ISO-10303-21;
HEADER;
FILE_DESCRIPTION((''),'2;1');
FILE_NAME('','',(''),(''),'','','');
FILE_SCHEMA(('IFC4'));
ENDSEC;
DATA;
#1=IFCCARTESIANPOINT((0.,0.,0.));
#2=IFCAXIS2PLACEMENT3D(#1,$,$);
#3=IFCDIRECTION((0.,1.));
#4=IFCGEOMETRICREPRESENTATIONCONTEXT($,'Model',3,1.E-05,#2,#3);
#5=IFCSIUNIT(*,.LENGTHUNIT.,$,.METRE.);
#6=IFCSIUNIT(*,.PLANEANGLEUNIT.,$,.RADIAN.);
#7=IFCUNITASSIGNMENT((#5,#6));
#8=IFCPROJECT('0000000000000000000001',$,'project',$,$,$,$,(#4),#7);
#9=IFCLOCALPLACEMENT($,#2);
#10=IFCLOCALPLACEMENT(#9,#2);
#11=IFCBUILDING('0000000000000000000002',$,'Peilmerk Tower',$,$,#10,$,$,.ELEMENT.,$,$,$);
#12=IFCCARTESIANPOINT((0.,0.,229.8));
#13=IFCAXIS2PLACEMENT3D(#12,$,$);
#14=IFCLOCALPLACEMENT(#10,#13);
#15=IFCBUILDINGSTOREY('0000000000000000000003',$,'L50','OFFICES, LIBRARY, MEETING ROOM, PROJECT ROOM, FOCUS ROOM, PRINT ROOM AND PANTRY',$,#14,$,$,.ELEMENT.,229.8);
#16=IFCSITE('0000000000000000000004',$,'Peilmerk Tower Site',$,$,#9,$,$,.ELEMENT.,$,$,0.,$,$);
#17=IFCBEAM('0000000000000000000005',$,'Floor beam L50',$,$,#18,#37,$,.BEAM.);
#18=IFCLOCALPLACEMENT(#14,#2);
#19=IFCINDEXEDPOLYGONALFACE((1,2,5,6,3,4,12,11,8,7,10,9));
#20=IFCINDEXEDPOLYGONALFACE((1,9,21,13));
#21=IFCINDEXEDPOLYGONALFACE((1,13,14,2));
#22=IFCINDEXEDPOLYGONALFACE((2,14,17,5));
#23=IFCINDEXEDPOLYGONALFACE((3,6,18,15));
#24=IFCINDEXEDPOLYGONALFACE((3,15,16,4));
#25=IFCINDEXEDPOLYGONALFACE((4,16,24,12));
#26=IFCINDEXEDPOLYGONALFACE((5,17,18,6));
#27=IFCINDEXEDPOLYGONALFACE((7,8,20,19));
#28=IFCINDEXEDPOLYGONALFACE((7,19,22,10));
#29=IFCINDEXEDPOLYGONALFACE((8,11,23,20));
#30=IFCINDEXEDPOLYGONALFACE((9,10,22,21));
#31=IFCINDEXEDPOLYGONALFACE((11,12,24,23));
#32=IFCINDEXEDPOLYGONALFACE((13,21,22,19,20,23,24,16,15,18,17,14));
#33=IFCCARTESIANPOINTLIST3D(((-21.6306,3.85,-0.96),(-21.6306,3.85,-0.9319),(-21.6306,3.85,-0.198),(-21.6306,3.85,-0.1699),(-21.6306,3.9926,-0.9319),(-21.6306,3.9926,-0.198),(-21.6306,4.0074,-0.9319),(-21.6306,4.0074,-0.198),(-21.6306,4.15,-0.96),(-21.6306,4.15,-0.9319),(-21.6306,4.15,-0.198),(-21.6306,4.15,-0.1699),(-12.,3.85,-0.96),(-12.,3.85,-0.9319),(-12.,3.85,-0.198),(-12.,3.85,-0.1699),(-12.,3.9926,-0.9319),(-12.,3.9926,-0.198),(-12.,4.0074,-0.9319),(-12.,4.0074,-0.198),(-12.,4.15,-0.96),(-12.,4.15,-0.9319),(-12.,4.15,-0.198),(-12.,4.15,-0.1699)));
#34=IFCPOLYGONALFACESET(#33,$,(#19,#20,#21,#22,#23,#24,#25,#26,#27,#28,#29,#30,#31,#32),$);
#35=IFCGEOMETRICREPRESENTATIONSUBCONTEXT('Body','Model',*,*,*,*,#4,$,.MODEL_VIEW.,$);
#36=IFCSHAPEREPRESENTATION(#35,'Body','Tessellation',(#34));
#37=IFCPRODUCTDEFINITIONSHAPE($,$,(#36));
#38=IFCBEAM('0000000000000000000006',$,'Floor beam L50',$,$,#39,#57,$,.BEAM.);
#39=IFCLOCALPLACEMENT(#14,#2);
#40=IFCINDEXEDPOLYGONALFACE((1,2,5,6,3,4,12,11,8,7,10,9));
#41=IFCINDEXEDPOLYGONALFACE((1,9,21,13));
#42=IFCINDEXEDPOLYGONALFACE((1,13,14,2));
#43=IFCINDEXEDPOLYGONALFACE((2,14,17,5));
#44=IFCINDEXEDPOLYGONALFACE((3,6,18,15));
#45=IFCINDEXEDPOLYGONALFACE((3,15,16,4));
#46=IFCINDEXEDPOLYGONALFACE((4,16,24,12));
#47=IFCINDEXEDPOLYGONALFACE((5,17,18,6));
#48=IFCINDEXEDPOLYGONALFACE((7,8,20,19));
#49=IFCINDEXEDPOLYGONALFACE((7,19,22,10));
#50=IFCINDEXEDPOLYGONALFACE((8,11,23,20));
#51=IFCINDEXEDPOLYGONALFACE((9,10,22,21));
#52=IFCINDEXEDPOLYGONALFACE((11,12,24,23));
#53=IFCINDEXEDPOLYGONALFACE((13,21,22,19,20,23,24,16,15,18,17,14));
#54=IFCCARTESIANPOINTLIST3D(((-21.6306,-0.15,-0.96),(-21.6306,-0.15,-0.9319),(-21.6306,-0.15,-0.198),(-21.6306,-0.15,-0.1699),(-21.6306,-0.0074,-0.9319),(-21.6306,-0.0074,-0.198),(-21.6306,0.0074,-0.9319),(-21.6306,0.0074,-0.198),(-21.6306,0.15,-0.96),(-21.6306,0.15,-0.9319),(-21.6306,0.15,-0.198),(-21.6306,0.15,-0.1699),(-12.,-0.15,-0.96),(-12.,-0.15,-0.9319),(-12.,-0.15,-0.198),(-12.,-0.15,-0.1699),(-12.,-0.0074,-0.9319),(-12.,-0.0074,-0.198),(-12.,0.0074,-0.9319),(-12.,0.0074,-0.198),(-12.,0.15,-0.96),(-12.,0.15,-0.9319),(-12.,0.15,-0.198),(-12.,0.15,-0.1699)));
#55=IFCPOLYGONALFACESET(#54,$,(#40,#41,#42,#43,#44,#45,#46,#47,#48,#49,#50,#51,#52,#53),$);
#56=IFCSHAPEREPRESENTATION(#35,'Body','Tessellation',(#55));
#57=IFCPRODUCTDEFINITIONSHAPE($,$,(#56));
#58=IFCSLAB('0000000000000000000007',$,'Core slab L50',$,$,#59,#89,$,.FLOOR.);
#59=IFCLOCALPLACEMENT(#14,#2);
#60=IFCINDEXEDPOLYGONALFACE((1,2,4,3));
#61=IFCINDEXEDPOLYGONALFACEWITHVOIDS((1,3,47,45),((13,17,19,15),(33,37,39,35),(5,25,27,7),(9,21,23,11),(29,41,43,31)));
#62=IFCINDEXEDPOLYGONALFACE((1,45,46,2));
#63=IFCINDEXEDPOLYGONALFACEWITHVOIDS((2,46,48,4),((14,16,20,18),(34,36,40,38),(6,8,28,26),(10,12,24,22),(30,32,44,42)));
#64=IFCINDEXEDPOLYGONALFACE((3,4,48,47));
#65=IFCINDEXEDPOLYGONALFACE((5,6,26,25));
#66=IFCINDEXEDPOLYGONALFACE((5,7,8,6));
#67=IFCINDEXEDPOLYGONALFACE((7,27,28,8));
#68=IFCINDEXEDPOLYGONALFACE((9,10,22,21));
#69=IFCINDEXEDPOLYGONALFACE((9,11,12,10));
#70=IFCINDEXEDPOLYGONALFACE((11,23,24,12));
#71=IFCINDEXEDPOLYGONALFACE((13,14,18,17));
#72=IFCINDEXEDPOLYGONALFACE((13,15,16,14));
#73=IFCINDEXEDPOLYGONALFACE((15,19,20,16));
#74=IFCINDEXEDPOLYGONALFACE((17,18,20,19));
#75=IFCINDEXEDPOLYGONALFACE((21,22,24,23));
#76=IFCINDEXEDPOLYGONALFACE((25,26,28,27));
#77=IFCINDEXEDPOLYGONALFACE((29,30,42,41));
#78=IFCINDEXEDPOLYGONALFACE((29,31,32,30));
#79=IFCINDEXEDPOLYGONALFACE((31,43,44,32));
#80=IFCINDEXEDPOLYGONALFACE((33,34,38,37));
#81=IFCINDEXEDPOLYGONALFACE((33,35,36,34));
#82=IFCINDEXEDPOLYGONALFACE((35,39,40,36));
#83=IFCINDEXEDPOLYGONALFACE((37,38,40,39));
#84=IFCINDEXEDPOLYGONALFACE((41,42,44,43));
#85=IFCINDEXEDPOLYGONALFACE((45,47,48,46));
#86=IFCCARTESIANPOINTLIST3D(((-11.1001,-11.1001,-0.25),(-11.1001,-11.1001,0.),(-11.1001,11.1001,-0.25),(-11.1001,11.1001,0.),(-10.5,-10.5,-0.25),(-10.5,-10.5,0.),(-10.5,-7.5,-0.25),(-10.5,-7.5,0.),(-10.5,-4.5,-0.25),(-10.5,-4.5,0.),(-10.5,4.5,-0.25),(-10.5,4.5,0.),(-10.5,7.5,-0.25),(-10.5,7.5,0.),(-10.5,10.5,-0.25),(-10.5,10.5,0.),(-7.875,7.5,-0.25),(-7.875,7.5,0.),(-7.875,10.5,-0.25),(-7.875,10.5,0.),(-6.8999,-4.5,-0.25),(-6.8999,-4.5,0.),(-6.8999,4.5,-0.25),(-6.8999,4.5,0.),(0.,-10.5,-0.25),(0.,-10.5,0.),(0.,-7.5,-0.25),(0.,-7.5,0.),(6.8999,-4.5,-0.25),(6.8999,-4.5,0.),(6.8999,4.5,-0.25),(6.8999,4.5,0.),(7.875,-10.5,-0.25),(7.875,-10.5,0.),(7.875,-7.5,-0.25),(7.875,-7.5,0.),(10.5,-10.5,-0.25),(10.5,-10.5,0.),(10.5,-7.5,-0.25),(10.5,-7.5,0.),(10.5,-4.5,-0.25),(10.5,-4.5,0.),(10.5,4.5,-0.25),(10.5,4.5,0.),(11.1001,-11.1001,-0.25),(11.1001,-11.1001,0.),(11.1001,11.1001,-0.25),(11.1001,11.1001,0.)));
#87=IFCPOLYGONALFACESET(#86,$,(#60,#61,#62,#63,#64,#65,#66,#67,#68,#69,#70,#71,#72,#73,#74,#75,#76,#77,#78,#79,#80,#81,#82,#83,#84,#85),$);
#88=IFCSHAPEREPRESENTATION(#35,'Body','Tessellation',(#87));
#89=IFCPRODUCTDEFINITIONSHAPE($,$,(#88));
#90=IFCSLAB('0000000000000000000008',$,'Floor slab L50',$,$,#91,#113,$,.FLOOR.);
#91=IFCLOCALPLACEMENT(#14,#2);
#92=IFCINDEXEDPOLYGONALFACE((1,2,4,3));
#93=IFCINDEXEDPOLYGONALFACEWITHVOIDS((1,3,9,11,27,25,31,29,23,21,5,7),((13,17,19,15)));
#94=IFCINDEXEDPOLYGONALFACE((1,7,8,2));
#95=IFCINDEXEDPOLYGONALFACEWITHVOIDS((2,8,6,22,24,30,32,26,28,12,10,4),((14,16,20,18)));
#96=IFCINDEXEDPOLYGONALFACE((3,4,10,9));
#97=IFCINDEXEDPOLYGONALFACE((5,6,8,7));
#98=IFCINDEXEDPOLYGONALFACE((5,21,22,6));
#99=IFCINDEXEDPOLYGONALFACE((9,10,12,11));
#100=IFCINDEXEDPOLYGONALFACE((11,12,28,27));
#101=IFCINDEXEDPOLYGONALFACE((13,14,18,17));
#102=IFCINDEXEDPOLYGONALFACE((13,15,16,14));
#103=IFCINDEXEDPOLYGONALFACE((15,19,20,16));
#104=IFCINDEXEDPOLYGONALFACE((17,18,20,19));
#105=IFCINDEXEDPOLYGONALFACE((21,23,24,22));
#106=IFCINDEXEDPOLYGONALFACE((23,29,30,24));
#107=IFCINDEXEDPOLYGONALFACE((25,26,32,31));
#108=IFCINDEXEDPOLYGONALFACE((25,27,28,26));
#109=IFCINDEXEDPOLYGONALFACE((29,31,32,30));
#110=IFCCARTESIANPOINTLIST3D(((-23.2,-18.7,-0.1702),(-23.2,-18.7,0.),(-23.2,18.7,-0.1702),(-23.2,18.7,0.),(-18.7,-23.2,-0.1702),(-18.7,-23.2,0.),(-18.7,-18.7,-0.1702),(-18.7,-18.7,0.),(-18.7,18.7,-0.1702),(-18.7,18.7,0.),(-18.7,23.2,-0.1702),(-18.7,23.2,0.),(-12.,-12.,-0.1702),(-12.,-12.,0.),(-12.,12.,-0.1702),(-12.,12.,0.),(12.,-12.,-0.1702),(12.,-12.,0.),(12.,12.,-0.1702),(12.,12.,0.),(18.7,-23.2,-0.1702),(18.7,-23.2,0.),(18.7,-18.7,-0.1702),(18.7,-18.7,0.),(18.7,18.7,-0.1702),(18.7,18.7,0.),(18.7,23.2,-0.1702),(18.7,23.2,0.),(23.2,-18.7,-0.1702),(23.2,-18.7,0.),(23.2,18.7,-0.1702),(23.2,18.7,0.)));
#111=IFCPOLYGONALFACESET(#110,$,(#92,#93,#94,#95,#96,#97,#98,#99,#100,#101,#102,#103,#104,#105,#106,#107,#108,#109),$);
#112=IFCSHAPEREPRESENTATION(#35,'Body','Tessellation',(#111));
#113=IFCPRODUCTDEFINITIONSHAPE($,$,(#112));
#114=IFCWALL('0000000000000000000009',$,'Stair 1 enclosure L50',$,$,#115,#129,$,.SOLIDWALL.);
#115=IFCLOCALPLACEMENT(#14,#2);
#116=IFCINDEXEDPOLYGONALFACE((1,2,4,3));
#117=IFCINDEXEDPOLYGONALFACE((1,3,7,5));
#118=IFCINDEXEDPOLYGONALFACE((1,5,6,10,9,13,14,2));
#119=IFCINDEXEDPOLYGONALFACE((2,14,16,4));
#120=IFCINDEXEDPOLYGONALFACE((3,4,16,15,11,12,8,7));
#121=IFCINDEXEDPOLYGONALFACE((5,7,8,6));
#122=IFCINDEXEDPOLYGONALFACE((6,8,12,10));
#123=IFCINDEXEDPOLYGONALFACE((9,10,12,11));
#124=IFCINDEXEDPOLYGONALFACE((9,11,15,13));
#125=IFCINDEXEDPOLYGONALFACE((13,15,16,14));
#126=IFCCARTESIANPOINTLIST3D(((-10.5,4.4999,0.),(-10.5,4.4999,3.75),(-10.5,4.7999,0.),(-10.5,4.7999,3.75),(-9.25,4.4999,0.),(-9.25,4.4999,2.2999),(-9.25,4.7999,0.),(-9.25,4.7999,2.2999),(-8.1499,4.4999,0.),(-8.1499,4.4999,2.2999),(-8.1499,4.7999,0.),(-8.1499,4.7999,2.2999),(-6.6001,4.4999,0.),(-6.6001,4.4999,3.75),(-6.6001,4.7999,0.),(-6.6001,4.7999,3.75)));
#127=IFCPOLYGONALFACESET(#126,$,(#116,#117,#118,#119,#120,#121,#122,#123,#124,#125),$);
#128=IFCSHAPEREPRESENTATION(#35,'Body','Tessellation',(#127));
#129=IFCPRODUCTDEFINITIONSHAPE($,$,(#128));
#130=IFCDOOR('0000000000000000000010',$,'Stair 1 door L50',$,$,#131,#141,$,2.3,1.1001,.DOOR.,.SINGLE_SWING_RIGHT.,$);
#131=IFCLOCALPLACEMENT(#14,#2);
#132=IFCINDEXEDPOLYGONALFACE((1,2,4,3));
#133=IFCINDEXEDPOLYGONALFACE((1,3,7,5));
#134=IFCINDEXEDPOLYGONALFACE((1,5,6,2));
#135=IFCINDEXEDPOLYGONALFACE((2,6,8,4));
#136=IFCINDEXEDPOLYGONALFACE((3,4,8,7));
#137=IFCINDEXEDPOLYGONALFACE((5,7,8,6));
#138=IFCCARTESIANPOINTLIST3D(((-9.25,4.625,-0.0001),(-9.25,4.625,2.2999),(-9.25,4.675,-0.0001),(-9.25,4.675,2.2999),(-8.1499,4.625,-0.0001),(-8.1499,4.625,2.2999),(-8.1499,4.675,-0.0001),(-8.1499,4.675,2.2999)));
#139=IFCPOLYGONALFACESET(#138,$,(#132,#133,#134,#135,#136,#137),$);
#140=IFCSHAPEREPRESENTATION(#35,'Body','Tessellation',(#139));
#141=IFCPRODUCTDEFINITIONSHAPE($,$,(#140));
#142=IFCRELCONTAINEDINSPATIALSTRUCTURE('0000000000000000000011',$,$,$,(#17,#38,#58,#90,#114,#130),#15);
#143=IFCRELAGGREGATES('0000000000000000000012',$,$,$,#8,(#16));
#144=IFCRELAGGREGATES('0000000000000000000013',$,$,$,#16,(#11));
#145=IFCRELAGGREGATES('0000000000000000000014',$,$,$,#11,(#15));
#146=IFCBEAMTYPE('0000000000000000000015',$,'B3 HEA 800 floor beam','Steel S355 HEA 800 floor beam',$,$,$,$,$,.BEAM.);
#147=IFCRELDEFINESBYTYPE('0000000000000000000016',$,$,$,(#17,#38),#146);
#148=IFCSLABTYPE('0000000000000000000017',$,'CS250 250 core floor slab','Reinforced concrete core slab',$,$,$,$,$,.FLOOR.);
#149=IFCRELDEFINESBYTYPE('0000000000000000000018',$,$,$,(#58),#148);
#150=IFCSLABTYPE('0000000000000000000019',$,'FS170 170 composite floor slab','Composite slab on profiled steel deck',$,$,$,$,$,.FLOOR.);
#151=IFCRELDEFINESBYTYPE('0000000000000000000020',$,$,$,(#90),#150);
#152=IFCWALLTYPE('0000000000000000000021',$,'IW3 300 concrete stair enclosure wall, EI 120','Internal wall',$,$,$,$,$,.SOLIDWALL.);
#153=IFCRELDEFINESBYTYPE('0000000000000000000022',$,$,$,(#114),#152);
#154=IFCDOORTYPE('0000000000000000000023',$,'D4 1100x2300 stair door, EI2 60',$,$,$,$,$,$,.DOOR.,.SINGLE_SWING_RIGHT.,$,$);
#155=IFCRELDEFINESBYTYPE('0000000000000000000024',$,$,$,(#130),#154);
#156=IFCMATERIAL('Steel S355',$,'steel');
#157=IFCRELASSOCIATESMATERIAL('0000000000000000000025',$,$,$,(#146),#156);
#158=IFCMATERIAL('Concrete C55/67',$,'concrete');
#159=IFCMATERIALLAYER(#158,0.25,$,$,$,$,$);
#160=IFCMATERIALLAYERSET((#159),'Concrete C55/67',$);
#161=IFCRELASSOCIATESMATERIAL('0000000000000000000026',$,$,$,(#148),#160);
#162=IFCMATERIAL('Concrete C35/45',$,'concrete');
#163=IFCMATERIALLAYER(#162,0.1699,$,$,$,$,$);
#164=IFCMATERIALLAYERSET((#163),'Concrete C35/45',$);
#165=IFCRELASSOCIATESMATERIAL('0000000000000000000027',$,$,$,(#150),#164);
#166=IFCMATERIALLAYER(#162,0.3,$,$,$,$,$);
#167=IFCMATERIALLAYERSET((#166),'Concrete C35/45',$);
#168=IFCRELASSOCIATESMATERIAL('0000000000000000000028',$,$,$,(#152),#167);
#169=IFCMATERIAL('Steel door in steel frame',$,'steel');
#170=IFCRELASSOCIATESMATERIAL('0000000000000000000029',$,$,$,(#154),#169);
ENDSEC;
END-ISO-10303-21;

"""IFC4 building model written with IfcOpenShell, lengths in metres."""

from ifc_helpers import new_model, si_unit, direction, frame, frame_2d, origin, origin_2d, place, context, subcontext, project, spatial, polyline, rectangle, i_section, outline, extrude, material, layer, layer_set, material_profile, profile_set, type_object, element, fill, save


model = new_model("IFC4")

# Units and contexts
model_context = context("Model", 3, precision=1e-05, world=origin(), true_north=direction((0.0, 1.0)))
body_context = subcontext(model_context, "Body", "Model", "MODEL_VIEW")
ifc_project = project(units=[si_unit("LENGTHUNIT", "METRE"), si_unit("PLANEANGLEUNIT", "RADIAN")], contexts=[model_context])

# Site, building, storey
site_placement = place(None, origin())
site = spatial("IfcSite", under=ifc_project, at=site_placement, Name="Peilmerk Tower Site", CompositionType="ELEMENT", RefElevation=0.0)
building_placement = place(site_placement, origin())
building = spatial("IfcBuilding", under=site, at=building_placement, Name="Peilmerk Tower", CompositionType="ELEMENT")
storey_placement = place(building_placement, frame((0.0, 0.0, 229.8)))
storey = spatial("IfcBuildingStorey", under=building, at=storey_placement, Name="L50", Description="OFFICES, LIBRARY, MEETING ROOM, PROJECT ROOM, FOCUS ROOM, PRINT ROOM AND PANTRY", CompositionType="ELEMENT", Elevation=229.8)

# Beams
ifc_material_1 = material(Name="Steel S355", Category="steel")
ifc_material_profile = material_profile(ifc_material_1, i_section(OverallWidth=0.3, OverallDepth=0.79, WebThickness=0.0149, FlangeThickness=0.0281, at=origin_2d()), Name="HEA 800")
ifc_profile_set = profile_set([ifc_material_profile], Name="Steel S355")
beam_type = type_object("IfcBeamType", Name="B3 HEA 800 floor beam", Description="Steel S355 HEA 800 floor beam", PredefinedType="BEAM", material=ifc_profile_set)
for number, where, z_axis, x_axis, name in (
    (1, (-12.0, 4.0, -0.5649), (-1.0, 0.0, 0.0), (0.0, -1.0, 0.0), "Floor beam L50"),
    (2, (-12.0, 0.0, -0.5649), (-1.0, 0.0, 0.0), (0.0, -1.0, 0.0), "Floor beam L50"),
):
    element("IfcBeam", number, at=place(storey_placement, frame(where, z_axis=z_axis, x_axis=x_axis)), inside=storey, type_object=beam_type, Name=name, PredefinedType="BEAM", context=body_context, shape_type="SweptSolid", body=[
        extrude(i_section(OverallWidth=0.3, OverallDepth=0.79, WebThickness=0.0149, FlangeThickness=0.0281, at=origin_2d()), origin(), (0.0, 0.0, 1.0), 9.6306),
    ])

# Slabs
ifc_material_2 = material(Name="Concrete C55/67", Category="concrete")
ifc_layer_1 = layer(ifc_material_2, 0.25)
ifc_layer_set_1 = layer_set([ifc_layer_1], Name="Concrete C55/67")
slab_type_1 = type_object("IfcSlabType", Name="CS250 250 core floor slab", Description="Reinforced concrete core slab", PredefinedType="FLOOR", material=ifc_layer_set_1)
slab_1_placement = place(storey_placement, frame((0.0, 0.0, -0.25)))
element("IfcSlab", 3, at=slab_1_placement, inside=storey, type_object=slab_type_1, Name="Core slab L50", PredefinedType="FLOOR", context=body_context, shape_type="SweptSolid", body=[
    extrude(outline(polyline([(11.1001, -11.1001), (11.1001, 11.1001), (-11.1001, 11.1001), (-11.1001, -11.1001), (11.1001, -11.1001)]), holes=[polyline([(-7.875, 7.5), (-10.5, 7.5), (-10.5, 10.5), (-7.875, 10.5), (-7.875, 7.5)]), polyline([(0.0, -10.5), (-10.5, -10.5), (-10.5, -7.5), (0.0, -7.5), (0.0, -10.5)]), polyline([(7.875, -10.5), (7.875, -7.5), (10.5, -7.5), (10.5, -10.5), (7.875, -10.5)]), polyline([(-10.5, 4.5), (-6.8999, 4.5), (-6.8999, -4.5), (-10.5, -4.5), (-10.5, 4.5)]), polyline([(10.5, 4.5), (10.5, -4.5), (6.8999, -4.5), (6.8999, 4.5), (10.5, 4.5)])]), origin(), (0.0, 0.0, 1.0), 0.25),
])
ifc_material_3 = material(Name="Concrete C35/45", Category="concrete")
ifc_layer_2 = layer(ifc_material_3, 0.1699)
ifc_layer_set_2 = layer_set([ifc_layer_2], Name="Concrete C35/45")
slab_type_2 = type_object("IfcSlabType", Name="FS170 170 composite floor slab", Description="Composite slab on profiled steel deck", PredefinedType="FLOOR", material=ifc_layer_set_2)
slab_2_placement = place(storey_placement, frame((0.0, 0.0, -0.1702)))
element("IfcSlab", 4, at=slab_2_placement, inside=storey, type_object=slab_type_2, Name="Floor slab L50", PredefinedType="FLOOR", context=body_context, shape_type="SweptSolid", body=[
    extrude(outline(polyline([(-18.7, -23.2), (18.7, -23.2), (18.7, -18.7), (23.2, -18.7), (23.2, 18.7), (18.7, 18.7), (18.7, 23.2), (-18.7, 23.2), (-18.7, 18.7), (-23.2, 18.7), (-23.2, -18.7), (-18.7, -18.7), (-18.7, -23.2)]), holes=[polyline([(12.0, 12.0), (12.0, -12.0), (-12.0, -12.0), (-12.0, 12.0), (12.0, 12.0)])]), origin(), (0.0, 0.0, 1.0), 0.1702),
])

# Wall, opening, door
ifc_layer_3 = layer(ifc_material_3, 0.3)
ifc_layer_set_3 = layer_set([ifc_layer_3], Name="Concrete C35/45")
wall_type_1 = type_object("IfcWallType", Name="IW3 300 concrete stair enclosure wall, EI 120", Description="Internal wall", PredefinedType="SOLIDWALL", material=ifc_layer_set_3)
wall_1_placement = place(storey_placement, frame((-10.5, 4.6499, 0.0), z_axis=(0.0, 0.0, 1.0), x_axis=(1.0, 0.0, 0.0)))
wall_1 = element("IfcWall", 5, at=wall_1_placement, inside=storey, type_object=wall_type_1, Name="Stair 1 enclosure L50", PredefinedType="SOLIDWALL", context=body_context, shape_type="SweptSolid", body=[
    extrude(rectangle(XDim=3.8999, YDim=0.3, at=frame_2d((1.95, 0.0))), origin(), (0.0, 0.0, 1.0), 3.75),
])
opening_1_placement = place(wall_1_placement, frame((1.25, 0.0, 0.0)))
opening_1 = element("IfcOpeningElement", 6, at=opening_1_placement, cuts=wall_1, PredefinedType="OPENING", context=body_context, shape_type="SweptSolid", body=[
    extrude(rectangle(XDim=1.1001, YDim=2.3, at=frame_2d((0.55, 1.1499))), frame((0.0, 0.1599, 0.0), z_axis=(0.0, -1.0, 0.0), x_axis=(1.0, 0.0, 0.0)), (0.0, 0.0, 1.0), 0.3201),
])
ifc_material_4 = material(Name="Steel door in steel frame", Category="steel")
door_type_1 = type_object("IfcDoorType", Name="D4 1100x2300 stair door, EI2 60", OperationType="SINGLE_SWING_RIGHT", PredefinedType="DOOR", material=ifc_material_4)
door_1_placement = place(opening_1_placement, frame((1.1001, 0.0, 0.0), z_axis=(0.0, 0.0, 1.0), x_axis=(-1.0, 0.0, 0.0)))
door_1 = element("IfcDoor", 7, at=door_1_placement, inside=storey, type_object=door_type_1, Name="Stair 1 door L50", OperationType="SINGLE_SWING_RIGHT", OverallHeight=2.3, OverallWidth=1.1001, PredefinedType="DOOR", context=body_context, shape_type="SweptSolid", body=[
    extrude(rectangle(XDim=1.1001, YDim=2.3, at=frame_2d((0.55, 1.1499))), frame((0.0, 0.0249, 0.0), z_axis=(0.0, -1.0, 0.0), x_axis=(1.0, 0.0, 0.0)), (0.0, 0.0, 1.0), 0.05),
])
fill(opening_1, door_1)

save(model, "model.ifc")
